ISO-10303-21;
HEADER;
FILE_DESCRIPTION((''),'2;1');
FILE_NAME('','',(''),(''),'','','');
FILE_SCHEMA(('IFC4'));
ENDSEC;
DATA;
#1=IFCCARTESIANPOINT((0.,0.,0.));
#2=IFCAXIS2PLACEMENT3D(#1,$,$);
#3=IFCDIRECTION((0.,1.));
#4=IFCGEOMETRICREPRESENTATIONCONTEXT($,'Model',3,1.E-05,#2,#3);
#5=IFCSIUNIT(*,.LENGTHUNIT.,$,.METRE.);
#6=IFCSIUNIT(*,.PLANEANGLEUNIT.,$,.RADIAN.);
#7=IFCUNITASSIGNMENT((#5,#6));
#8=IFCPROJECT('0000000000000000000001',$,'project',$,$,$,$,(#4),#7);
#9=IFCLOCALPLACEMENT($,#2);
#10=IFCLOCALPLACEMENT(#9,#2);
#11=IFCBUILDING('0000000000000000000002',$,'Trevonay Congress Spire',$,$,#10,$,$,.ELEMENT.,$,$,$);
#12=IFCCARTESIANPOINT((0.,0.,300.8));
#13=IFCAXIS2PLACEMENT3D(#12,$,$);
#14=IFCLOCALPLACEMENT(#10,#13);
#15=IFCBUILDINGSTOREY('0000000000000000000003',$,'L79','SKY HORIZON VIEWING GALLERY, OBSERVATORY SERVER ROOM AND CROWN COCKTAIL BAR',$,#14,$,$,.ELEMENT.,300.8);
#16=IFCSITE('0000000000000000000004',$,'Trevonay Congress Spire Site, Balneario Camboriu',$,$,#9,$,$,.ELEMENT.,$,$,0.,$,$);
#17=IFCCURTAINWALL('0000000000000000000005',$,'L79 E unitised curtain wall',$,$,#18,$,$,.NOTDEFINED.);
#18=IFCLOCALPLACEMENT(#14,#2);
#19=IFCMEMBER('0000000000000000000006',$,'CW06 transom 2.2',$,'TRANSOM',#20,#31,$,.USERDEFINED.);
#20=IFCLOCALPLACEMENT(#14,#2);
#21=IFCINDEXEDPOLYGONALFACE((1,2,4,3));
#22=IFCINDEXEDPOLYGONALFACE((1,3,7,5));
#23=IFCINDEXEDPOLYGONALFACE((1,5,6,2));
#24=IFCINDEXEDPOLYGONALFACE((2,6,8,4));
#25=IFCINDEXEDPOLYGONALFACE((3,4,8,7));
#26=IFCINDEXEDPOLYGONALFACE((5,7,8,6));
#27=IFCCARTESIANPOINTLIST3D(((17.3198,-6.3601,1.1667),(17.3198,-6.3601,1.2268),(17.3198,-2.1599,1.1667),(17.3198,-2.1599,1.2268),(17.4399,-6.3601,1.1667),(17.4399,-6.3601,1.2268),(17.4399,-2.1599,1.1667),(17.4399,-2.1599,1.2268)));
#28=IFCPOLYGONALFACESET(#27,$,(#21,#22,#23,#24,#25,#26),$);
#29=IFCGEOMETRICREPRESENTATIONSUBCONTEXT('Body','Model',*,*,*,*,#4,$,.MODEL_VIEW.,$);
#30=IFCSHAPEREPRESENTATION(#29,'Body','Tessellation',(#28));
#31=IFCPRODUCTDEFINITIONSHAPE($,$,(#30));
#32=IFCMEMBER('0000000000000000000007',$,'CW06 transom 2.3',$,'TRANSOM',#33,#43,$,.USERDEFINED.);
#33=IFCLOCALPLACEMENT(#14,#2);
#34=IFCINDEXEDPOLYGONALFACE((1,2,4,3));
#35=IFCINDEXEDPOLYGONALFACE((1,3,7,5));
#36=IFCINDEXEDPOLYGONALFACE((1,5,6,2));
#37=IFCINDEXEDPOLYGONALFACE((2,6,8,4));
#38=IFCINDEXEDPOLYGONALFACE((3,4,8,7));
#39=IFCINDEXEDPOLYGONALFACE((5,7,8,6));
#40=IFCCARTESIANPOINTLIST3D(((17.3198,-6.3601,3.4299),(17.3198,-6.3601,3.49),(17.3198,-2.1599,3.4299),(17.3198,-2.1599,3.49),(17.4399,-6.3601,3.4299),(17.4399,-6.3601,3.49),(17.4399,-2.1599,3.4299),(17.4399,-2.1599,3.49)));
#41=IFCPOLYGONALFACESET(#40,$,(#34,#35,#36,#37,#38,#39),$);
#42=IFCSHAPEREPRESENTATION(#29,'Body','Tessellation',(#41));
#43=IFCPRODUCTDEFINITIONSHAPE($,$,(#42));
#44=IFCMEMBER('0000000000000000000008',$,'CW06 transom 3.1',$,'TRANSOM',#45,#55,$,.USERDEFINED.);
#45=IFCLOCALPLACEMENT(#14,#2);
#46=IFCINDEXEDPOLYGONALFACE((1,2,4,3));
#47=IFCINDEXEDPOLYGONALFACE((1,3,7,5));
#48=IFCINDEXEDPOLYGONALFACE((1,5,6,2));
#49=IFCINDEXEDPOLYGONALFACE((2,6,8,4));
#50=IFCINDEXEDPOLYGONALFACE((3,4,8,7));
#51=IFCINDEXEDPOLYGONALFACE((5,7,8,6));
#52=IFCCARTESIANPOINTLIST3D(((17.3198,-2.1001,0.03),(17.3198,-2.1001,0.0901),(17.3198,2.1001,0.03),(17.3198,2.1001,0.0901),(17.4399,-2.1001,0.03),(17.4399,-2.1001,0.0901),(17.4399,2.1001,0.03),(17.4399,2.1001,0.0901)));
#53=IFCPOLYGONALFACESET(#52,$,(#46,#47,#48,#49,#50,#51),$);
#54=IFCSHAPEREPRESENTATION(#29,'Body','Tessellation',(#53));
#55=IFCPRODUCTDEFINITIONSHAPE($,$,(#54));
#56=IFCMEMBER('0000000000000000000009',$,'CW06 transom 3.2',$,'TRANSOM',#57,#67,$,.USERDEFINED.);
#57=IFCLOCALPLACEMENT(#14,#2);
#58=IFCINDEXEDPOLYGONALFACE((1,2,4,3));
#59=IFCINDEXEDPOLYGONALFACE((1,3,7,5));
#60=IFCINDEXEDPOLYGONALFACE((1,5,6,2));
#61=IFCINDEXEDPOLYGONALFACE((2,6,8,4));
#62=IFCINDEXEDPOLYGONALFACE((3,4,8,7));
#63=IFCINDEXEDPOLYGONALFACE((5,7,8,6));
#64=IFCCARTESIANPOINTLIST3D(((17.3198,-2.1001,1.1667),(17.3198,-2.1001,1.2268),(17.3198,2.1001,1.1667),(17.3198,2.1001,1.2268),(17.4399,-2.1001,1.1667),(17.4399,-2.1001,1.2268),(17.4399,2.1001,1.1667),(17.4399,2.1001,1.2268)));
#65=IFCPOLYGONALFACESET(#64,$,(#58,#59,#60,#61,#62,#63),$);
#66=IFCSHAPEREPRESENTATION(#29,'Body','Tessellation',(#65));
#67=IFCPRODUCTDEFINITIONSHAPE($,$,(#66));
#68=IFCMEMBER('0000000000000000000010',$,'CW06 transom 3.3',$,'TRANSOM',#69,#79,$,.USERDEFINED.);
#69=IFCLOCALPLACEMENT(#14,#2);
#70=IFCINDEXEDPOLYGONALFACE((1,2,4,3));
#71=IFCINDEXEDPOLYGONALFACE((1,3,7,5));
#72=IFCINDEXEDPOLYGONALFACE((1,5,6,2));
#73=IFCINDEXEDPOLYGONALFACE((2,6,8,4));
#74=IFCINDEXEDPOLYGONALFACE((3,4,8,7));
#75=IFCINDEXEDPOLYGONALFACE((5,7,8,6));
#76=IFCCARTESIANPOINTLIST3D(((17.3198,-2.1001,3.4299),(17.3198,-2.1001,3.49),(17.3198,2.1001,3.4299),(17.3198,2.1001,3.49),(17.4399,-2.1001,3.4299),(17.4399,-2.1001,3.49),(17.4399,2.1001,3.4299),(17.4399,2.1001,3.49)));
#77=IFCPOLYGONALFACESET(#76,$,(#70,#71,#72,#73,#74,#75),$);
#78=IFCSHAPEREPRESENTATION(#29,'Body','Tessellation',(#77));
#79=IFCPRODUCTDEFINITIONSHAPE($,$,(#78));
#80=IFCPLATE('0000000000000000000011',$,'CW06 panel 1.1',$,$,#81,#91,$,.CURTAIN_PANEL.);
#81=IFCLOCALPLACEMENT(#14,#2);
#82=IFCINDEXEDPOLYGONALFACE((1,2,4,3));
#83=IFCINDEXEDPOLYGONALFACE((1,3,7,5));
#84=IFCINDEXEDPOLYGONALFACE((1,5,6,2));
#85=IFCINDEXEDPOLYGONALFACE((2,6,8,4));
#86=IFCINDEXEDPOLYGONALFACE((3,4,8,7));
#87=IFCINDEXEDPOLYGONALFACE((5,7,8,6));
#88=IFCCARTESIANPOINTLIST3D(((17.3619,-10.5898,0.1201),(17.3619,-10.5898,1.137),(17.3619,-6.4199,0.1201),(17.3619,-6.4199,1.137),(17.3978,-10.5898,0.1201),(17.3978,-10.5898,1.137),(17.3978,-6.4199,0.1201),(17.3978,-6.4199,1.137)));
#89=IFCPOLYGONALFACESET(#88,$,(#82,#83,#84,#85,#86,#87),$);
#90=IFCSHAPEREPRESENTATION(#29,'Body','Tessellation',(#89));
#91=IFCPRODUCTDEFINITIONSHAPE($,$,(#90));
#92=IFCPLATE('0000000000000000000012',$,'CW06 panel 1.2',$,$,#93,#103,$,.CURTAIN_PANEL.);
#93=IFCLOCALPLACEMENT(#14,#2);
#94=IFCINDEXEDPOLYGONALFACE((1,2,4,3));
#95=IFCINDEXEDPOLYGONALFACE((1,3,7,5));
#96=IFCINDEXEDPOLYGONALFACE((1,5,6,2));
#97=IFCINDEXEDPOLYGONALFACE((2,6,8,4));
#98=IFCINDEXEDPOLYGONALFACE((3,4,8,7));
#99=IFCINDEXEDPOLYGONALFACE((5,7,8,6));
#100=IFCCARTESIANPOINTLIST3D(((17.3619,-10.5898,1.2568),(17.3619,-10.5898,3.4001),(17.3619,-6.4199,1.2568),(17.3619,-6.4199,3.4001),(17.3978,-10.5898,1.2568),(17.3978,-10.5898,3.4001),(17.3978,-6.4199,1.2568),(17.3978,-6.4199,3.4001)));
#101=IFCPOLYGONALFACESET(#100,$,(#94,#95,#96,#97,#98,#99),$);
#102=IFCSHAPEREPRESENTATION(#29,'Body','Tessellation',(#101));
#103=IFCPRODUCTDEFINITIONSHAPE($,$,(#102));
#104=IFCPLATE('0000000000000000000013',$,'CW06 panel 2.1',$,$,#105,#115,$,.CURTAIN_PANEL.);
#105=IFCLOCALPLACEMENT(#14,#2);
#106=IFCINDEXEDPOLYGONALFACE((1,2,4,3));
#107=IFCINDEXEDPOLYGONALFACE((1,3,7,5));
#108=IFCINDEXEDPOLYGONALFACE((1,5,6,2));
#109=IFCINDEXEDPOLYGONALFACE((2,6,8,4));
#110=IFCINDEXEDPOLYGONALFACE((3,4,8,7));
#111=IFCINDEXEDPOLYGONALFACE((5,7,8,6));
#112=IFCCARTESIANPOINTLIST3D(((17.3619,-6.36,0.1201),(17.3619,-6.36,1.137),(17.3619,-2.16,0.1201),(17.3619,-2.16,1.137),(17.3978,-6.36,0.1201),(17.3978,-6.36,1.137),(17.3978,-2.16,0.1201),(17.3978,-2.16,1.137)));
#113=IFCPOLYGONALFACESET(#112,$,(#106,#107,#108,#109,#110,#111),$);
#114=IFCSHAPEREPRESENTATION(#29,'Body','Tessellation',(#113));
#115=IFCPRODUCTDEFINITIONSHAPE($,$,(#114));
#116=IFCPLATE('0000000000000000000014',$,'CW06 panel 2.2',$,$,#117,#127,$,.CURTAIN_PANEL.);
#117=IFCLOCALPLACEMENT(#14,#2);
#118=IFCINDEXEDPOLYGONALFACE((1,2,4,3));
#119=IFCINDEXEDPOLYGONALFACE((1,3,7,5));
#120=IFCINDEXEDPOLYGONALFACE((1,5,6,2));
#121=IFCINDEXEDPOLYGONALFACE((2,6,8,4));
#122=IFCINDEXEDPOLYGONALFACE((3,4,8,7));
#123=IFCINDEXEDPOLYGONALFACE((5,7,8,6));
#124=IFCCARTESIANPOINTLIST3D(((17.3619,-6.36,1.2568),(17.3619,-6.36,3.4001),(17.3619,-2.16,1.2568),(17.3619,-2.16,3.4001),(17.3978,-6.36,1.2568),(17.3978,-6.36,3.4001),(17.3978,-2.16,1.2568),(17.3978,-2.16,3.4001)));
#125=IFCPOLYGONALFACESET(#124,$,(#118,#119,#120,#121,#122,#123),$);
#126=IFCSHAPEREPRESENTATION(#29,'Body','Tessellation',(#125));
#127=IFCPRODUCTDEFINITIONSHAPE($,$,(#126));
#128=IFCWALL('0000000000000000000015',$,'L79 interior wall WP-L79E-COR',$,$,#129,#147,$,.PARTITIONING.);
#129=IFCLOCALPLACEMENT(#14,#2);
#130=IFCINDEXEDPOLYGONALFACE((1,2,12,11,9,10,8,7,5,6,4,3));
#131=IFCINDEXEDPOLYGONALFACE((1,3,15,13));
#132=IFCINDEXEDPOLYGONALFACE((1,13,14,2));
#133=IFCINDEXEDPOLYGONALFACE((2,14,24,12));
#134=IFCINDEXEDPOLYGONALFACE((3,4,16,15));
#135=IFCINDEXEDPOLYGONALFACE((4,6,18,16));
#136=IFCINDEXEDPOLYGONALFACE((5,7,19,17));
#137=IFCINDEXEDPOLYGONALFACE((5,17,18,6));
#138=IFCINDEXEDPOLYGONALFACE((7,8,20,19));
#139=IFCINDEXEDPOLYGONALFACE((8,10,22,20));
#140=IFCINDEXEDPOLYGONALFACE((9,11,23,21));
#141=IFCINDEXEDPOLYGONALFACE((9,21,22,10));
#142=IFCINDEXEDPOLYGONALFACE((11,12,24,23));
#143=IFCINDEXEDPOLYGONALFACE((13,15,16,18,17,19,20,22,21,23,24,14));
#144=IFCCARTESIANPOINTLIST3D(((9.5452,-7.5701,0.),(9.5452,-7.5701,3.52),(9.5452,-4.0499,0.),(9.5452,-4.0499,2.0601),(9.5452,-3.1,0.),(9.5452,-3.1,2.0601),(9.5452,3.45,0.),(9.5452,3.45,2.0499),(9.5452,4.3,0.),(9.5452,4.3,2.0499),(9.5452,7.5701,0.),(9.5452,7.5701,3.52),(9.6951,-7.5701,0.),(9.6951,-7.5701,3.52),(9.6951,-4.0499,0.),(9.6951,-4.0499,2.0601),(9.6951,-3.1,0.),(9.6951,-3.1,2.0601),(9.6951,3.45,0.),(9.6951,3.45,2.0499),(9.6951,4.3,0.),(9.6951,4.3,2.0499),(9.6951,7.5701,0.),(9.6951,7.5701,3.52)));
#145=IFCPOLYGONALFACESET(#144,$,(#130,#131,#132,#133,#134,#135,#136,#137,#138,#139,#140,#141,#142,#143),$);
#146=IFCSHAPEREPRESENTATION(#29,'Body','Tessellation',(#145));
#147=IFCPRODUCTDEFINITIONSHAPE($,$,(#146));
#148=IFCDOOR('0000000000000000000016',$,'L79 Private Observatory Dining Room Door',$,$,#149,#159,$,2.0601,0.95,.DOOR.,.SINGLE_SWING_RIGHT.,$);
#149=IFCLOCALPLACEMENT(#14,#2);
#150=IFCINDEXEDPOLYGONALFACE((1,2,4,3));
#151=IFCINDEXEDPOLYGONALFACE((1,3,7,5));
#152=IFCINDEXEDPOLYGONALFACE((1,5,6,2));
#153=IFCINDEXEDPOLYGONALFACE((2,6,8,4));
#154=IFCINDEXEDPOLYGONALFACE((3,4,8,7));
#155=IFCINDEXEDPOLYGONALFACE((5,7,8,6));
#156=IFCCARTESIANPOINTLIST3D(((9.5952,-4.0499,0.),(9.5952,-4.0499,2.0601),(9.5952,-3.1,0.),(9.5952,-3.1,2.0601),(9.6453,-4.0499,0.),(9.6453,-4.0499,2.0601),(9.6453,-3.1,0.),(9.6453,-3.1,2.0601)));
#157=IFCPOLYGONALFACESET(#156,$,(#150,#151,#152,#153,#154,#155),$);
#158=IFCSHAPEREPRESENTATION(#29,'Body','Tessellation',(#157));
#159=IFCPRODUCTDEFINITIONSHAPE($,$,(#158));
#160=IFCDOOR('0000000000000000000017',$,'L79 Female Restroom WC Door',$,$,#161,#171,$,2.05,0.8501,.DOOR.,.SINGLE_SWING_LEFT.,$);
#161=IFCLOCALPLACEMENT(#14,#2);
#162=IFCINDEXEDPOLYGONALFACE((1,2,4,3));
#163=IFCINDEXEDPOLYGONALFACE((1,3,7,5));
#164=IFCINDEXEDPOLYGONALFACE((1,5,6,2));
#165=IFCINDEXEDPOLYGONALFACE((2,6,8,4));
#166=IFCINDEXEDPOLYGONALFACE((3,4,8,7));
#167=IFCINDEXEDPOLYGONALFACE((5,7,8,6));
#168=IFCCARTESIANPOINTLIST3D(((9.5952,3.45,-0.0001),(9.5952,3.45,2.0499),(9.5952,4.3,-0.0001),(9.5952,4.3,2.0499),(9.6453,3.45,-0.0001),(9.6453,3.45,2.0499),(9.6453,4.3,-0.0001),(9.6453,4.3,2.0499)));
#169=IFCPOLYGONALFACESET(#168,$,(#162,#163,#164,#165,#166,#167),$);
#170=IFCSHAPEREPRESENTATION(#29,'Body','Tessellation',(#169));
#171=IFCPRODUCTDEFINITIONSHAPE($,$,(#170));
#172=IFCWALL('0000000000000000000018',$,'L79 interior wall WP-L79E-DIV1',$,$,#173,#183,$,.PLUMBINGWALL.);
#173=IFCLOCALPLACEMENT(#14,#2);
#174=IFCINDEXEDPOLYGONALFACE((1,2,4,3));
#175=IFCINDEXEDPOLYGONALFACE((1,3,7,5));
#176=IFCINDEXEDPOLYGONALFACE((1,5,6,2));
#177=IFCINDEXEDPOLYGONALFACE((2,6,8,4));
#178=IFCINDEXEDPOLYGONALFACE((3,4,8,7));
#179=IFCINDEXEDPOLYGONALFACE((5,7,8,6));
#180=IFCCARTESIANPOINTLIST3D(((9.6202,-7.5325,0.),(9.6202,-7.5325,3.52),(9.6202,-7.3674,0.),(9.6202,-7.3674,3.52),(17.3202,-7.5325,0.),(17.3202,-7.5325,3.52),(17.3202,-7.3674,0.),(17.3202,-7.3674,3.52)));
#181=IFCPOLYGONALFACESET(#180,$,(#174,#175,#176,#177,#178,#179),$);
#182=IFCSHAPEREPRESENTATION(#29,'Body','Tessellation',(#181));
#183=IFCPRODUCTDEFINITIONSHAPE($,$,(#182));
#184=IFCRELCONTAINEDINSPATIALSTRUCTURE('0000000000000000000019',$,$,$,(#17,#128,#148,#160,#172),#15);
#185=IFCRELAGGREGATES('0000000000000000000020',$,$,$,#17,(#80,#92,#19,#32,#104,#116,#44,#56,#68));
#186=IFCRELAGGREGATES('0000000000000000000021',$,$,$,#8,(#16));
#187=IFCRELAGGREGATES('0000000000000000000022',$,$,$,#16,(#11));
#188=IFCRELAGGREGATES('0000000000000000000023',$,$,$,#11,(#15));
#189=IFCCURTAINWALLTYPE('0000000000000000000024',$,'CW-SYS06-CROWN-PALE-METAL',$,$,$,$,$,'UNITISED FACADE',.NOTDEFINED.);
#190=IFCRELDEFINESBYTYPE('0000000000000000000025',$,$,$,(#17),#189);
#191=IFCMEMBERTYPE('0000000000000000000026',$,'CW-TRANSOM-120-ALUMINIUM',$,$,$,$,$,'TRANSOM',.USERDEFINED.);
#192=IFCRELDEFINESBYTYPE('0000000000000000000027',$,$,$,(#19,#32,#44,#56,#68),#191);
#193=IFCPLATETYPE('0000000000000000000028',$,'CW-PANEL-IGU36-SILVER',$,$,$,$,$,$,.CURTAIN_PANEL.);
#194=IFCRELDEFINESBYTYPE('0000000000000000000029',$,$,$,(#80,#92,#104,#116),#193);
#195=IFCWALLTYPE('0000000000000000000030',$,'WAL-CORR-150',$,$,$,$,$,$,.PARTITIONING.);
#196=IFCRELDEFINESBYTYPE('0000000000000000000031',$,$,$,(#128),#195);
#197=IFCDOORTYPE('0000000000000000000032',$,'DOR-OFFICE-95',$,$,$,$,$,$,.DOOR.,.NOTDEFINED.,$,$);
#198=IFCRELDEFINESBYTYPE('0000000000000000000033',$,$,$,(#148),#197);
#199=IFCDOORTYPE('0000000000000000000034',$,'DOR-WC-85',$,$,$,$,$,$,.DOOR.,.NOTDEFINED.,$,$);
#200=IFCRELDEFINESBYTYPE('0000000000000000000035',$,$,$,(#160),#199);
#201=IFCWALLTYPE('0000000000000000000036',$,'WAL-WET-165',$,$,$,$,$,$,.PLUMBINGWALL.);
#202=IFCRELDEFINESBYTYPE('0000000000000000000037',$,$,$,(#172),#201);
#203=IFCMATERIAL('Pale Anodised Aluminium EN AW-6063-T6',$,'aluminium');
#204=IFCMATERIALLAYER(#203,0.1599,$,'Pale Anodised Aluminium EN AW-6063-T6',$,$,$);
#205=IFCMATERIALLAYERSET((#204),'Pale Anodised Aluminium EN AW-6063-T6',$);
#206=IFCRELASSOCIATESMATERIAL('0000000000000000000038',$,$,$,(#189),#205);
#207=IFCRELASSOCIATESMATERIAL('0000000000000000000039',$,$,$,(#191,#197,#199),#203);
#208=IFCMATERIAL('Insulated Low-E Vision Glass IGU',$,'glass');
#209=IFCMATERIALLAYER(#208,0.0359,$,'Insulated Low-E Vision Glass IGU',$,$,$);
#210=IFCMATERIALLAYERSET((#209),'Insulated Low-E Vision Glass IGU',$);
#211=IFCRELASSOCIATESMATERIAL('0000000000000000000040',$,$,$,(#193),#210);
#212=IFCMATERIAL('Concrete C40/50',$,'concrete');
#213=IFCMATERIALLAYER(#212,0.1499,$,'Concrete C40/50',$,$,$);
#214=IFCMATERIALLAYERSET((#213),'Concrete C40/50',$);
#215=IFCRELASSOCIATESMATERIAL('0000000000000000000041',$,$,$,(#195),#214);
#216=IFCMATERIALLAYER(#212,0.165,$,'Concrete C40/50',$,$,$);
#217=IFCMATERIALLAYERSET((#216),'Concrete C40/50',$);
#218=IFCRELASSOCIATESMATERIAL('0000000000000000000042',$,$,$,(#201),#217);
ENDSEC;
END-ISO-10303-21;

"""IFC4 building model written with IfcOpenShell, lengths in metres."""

from ifc_helpers import new_model, si_unit, direction, frame, frame_2d, origin, origin_2d, place, context, subcontext, project, spatial, rectangle, extrude, material, layer, layer_set, material_profile, profile_set, type_object, element, fill, aggregate, save


model = new_model("IFC4")

# Units and contexts
model_context = context("Model", 3, precision=1e-05, world=origin(), true_north=direction((0.0, 1.0)))
body_context = subcontext(model_context, "Body", "Model", "MODEL_VIEW")
ifc_project = project(units=[si_unit("LENGTHUNIT", "METRE"), si_unit("PLANEANGLEUNIT", "RADIAN")], contexts=[model_context])

# Site, building, storey
site_placement = place(None, origin())
site = spatial("IfcSite", under=ifc_project, at=site_placement, Name="Trevonay Congress Spire Site, Balneario Camboriu", CompositionType="ELEMENT", RefElevation=0.0)
building_placement = place(site_placement, origin())
building = spatial("IfcBuilding", under=site, at=building_placement, Name="Trevonay Congress Spire", CompositionType="ELEMENT")
storey_placement = place(building_placement, frame((0.0, 0.0, 300.8)))
storey = spatial("IfcBuildingStorey", under=building, at=storey_placement, Name="L79", Description="SKY HORIZON VIEWING GALLERY, OBSERVATORY SERVER ROOM AND CROWN COCKTAIL BAR", CompositionType="ELEMENT", Elevation=300.8)

# Curtain wall, members, plates
ifc_material_1 = material(Name="Pale Anodised Aluminium EN AW-6063-T6", Category="aluminium")
ifc_layer_1 = layer(ifc_material_1, 0.1599, Name="Pale Anodised Aluminium EN AW-6063-T6")
ifc_layer_set_1 = layer_set([ifc_layer_1], Name="Pale Anodised Aluminium EN AW-6063-T6")
curtain_wall_type = type_object("IfcCurtainWallType", Name="CW-SYS06-CROWN-PALE-METAL", ElementType="UNITISED FACADE", PredefinedType="NOTDEFINED", material=ifc_layer_set_1)
curtain_wall_placement = place(storey_placement, origin())
curtain_wall = element("IfcCurtainWall", 1, at=curtain_wall_placement, inside=storey, type_object=curtain_wall_type, Name="L79 E unitised curtain wall", PredefinedType="NOTDEFINED")
ifc_material_profile_1 = material_profile(ifc_material_1, rectangle(XDim=0.1201, YDim=0.0601, at=origin_2d()), Name="CW-TRANSOM-120-ALUMINIUM")
ifc_profile_set_1 = profile_set([ifc_material_profile_1], Name="Pale Anodised Aluminium EN AW-6063-T6")
member_type_1 = type_object("IfcMemberType", Name="CW-TRANSOM-120-ALUMINIUM", ElementType="TRANSOM", PredefinedType="USERDEFINED", material=ifc_profile_set_1)
member_1_placement = place(storey_placement, frame((17.3799, -6.3601, 1.1968), z_axis=(0.0, 1.0, 0.0), x_axis=(-1.0, 0.0, 0.0)))
member_1 = element("IfcMember", 2, at=member_1_placement, type_object=member_type_1, Name="CW06 transom 2.2", ObjectType="TRANSOM", PredefinedType="USERDEFINED", context=body_context, shape_type="SweptSolid", body=[
    extrude(rectangle(XDim=0.1201, YDim=0.0601, at=origin_2d()), origin(), (0.0, 0.0, 1.0), 4.2002),
])
member_2_placement = place(storey_placement, frame((17.3799, -6.3601, 3.46), z_axis=(0.0, 1.0, 0.0), x_axis=(-1.0, 0.0, 0.0)))
member_2 = element("IfcMember", 3, at=member_2_placement, type_object=member_type_1, Name="CW06 transom 2.3", ObjectType="TRANSOM", PredefinedType="USERDEFINED", context=body_context, shape_type="SweptSolid", body=[
    extrude(rectangle(XDim=0.1201, YDim=0.0601, at=origin_2d()), origin(), (0.0, 0.0, 1.0), 4.2002),
])
member_3_placement = place(storey_placement, frame((17.3799, -2.1001, 0.0601), z_axis=(0.0, 1.0, 0.0), x_axis=(-1.0, 0.0, 0.0)))
member_3 = element("IfcMember", 4, at=member_3_placement, type_object=member_type_1, Name="CW06 transom 3.1", ObjectType="TRANSOM", PredefinedType="USERDEFINED", context=body_context, shape_type="SweptSolid", body=[
    extrude(rectangle(XDim=0.1201, YDim=0.0601, at=origin_2d()), origin(), (0.0, 0.0, 1.0), 4.2002),
])
member_4_placement = place(storey_placement, frame((17.3799, -2.1001, 1.1968), z_axis=(0.0, 1.0, 0.0), x_axis=(-1.0, 0.0, 0.0)))
member_4 = element("IfcMember", 5, at=member_4_placement, type_object=member_type_1, Name="CW06 transom 3.2", ObjectType="TRANSOM", PredefinedType="USERDEFINED", context=body_context, shape_type="SweptSolid", body=[
    extrude(rectangle(XDim=0.1201, YDim=0.0601, at=origin_2d()), origin(), (0.0, 0.0, 1.0), 4.2002),
])
member_5_placement = place(storey_placement, frame((17.3799, -2.1001, 3.46), z_axis=(0.0, 1.0, 0.0), x_axis=(-1.0, 0.0, 0.0)))
member_5 = element("IfcMember", 6, at=member_5_placement, type_object=member_type_1, Name="CW06 transom 3.3", ObjectType="TRANSOM", PredefinedType="USERDEFINED", context=body_context, shape_type="SweptSolid", body=[
    extrude(rectangle(XDim=0.1201, YDim=0.0601, at=origin_2d()), origin(), (0.0, 0.0, 1.0), 4.2002),
])
ifc_material_2 = material(Name="Insulated Low-E Vision Glass IGU", Category="glass")
ifc_layer_2 = layer(ifc_material_2, 0.0359, Name="Insulated Low-E Vision Glass IGU")
ifc_layer_set_2 = layer_set([ifc_layer_2], Name="Insulated Low-E Vision Glass IGU")
plate_type = type_object("IfcPlateType", Name="CW-PANEL-IGU36-SILVER", PredefinedType="CURTAIN_PANEL", material=ifc_layer_set_2)
plate_1_placement = place(storey_placement, frame((17.3799, -8.5049, 0.1201), z_axis=(0.0, 0.0, 1.0), x_axis=(0.0, 1.0, 0.0)))
plate_1 = element("IfcPlate", 7, at=plate_1_placement, type_object=plate_type, Name="CW06 panel 1.1", PredefinedType="CURTAIN_PANEL", context=body_context, shape_type="SweptSolid", body=[
    extrude(rectangle(XDim=4.1699, YDim=0.0359, at=origin_2d()), origin(), (0.0, 0.0, 1.0), 1.0168),
])
plate_2_placement = place(storey_placement, frame((17.3799, -8.5049, 1.2568), z_axis=(0.0, 0.0, 1.0), x_axis=(0.0, 1.0, 0.0)))
plate_2 = element("IfcPlate", 8, at=plate_2_placement, type_object=plate_type, Name="CW06 panel 1.2", PredefinedType="CURTAIN_PANEL", context=body_context, shape_type="SweptSolid", body=[
    extrude(rectangle(XDim=4.1699, YDim=0.0359, at=origin_2d()), origin(), (0.0, 0.0, 1.0), 2.1433),
])
plate_3_placement = place(storey_placement, frame((17.3799, -4.26, 0.1201), z_axis=(0.0, 0.0, 1.0), x_axis=(0.0, 1.0, 0.0)))
plate_3 = element("IfcPlate", 9, at=plate_3_placement, type_object=plate_type, Name="CW06 panel 2.1", PredefinedType="CURTAIN_PANEL", context=body_context, shape_type="SweptSolid", body=[
    extrude(rectangle(XDim=4.2, YDim=0.0359, at=origin_2d()), origin(), (0.0, 0.0, 1.0), 1.0168),
])
plate_4_placement = place(storey_placement, frame((17.3799, -4.26, 1.2568), z_axis=(0.0, 0.0, 1.0), x_axis=(0.0, 1.0, 0.0)))
plate_4 = element("IfcPlate", 10, at=plate_4_placement, type_object=plate_type, Name="CW06 panel 2.2", PredefinedType="CURTAIN_PANEL", context=body_context, shape_type="SweptSolid", body=[
    extrude(rectangle(XDim=4.2, YDim=0.0359, at=origin_2d()), origin(), (0.0, 0.0, 1.0), 2.1433),
])
aggregate(curtain_wall, [plate_1, plate_2, member_1, member_2, plate_3, plate_4, member_3, member_4, member_5])

# Wall, openings, doors
ifc_material_3 = material(Name="Concrete C40/50", Category="concrete")
ifc_layer_3 = layer(ifc_material_3, 0.1499, Name="Concrete C40/50")
ifc_layer_set_3 = layer_set([ifc_layer_3], Name="Concrete C40/50")
wall_type_1 = type_object("IfcWallType", Name="WAL-CORR-150", PredefinedType="PARTITIONING", material=ifc_layer_set_3)
wall_1_placement = place(storey_placement, frame((9.6201, -7.5701, 0.0), z_axis=(0.0, 0.0, 1.0), x_axis=(0.0, 1.0, 0.0)))
wall_1 = element("IfcWall", 11, at=wall_1_placement, inside=storey, type_object=wall_type_1, Name="L79 interior wall WP-L79E-COR", PredefinedType="PARTITIONING", context=body_context, shape_type="SweptSolid", body=[
    extrude(rectangle(XDim=15.1401, YDim=0.1499, at=frame_2d((7.5701, 0.0))), origin(), (0.0, 0.0, 1.0), 3.52),
])
opening_1_placement = place(wall_1_placement, frame((3.52, 0.0, 0.0)))
opening_1 = element("IfcOpeningElement", 12, at=opening_1_placement, cuts=wall_1, PredefinedType="OPENING", context=body_context, shape_type="SweptSolid", body=[
    extrude(rectangle(XDim=0.95, YDim=2.0601, at=frame_2d((0.4751, 1.03))), frame((0.0, 0.085, 0.0), z_axis=(0.0, -1.0, 0.0), x_axis=(1.0, 0.0, 0.0)), (0.0, 0.0, 1.0), 0.1699),
])
opening_2_placement = place(wall_1_placement, frame((11.02, 0.0, 0.0)))
opening_2 = element("IfcOpeningElement", 13, at=opening_2_placement, cuts=wall_1, PredefinedType="OPENING", context=body_context, shape_type="SweptSolid", body=[
    extrude(rectangle(XDim=0.8501, YDim=2.05, at=frame_2d((0.425, 1.0249))), frame((0.0, 0.085, 0.0), z_axis=(0.0, -1.0, 0.0), x_axis=(1.0, 0.0, 0.0)), (0.0, 0.0, 1.0), 0.1699),
])
door_type_1 = type_object("IfcDoorType", Name="DOR-OFFICE-95", OperationType="NOTDEFINED", PredefinedType="DOOR", material=ifc_material_1)
door_1_placement = place(opening_1_placement, origin())
door_1 = element("IfcDoor", 14, at=door_1_placement, inside=storey, type_object=door_type_1, Name="L79 Private Observatory Dining Room Door", OperationType="SINGLE_SWING_RIGHT", OverallHeight=2.0601, OverallWidth=0.95, PredefinedType="DOOR", context=body_context, shape_type="SweptSolid", body=[
    extrude(rectangle(XDim=0.95, YDim=2.0601, at=frame_2d((0.4751, 1.03))), frame((0.0, 0.0249, 0.0), z_axis=(0.0, -1.0, 0.0), x_axis=(1.0, 0.0, 0.0)), (0.0, 0.0, 1.0), 0.05),
])
fill(opening_1, door_1)
door_type_2 = type_object("IfcDoorType", Name="DOR-WC-85", OperationType="NOTDEFINED", PredefinedType="DOOR", material=ifc_material_1)
door_2_placement = place(opening_2_placement, origin())
door_2 = element("IfcDoor", 15, at=door_2_placement, inside=storey, type_object=door_type_2, Name="L79 Female Restroom WC Door", OperationType="SINGLE_SWING_LEFT", OverallHeight=2.05, OverallWidth=0.8501, PredefinedType="DOOR", context=body_context, shape_type="SweptSolid", body=[
    extrude(rectangle(XDim=0.8501, YDim=2.05, at=frame_2d((0.425, 1.0249))), frame((0.0, 0.0249, 0.0), z_axis=(0.0, -1.0, 0.0), x_axis=(1.0, 0.0, 0.0)), (0.0, 0.0, 1.0), 0.05),
])
fill(opening_2, door_2)

# Wall
ifc_layer_4 = layer(ifc_material_3, 0.165, Name="Concrete C40/50")
ifc_layer_set_4 = layer_set([ifc_layer_4], Name="Concrete C40/50")
wall_type_2 = type_object("IfcWallType", Name="WAL-WET-165", PredefinedType="PLUMBINGWALL", material=ifc_layer_set_4)
wall_2_placement = place(storey_placement, frame((9.6201, -7.45, 0.0), z_axis=(0.0, 0.0, 1.0), x_axis=(1.0, 0.0, 0.0)))
element("IfcWall", 16, at=wall_2_placement, inside=storey, type_object=wall_type_2, Name="L79 interior wall WP-L79E-DIV1", PredefinedType="PLUMBINGWALL", context=body_context, shape_type="SweptSolid", body=[
    extrude(rectangle(XDim=7.7, YDim=0.165, at=frame_2d((3.8501, 0.0))), origin(), (0.0, 0.0, 1.0), 3.52),
])

save(model, "model.ifc")
